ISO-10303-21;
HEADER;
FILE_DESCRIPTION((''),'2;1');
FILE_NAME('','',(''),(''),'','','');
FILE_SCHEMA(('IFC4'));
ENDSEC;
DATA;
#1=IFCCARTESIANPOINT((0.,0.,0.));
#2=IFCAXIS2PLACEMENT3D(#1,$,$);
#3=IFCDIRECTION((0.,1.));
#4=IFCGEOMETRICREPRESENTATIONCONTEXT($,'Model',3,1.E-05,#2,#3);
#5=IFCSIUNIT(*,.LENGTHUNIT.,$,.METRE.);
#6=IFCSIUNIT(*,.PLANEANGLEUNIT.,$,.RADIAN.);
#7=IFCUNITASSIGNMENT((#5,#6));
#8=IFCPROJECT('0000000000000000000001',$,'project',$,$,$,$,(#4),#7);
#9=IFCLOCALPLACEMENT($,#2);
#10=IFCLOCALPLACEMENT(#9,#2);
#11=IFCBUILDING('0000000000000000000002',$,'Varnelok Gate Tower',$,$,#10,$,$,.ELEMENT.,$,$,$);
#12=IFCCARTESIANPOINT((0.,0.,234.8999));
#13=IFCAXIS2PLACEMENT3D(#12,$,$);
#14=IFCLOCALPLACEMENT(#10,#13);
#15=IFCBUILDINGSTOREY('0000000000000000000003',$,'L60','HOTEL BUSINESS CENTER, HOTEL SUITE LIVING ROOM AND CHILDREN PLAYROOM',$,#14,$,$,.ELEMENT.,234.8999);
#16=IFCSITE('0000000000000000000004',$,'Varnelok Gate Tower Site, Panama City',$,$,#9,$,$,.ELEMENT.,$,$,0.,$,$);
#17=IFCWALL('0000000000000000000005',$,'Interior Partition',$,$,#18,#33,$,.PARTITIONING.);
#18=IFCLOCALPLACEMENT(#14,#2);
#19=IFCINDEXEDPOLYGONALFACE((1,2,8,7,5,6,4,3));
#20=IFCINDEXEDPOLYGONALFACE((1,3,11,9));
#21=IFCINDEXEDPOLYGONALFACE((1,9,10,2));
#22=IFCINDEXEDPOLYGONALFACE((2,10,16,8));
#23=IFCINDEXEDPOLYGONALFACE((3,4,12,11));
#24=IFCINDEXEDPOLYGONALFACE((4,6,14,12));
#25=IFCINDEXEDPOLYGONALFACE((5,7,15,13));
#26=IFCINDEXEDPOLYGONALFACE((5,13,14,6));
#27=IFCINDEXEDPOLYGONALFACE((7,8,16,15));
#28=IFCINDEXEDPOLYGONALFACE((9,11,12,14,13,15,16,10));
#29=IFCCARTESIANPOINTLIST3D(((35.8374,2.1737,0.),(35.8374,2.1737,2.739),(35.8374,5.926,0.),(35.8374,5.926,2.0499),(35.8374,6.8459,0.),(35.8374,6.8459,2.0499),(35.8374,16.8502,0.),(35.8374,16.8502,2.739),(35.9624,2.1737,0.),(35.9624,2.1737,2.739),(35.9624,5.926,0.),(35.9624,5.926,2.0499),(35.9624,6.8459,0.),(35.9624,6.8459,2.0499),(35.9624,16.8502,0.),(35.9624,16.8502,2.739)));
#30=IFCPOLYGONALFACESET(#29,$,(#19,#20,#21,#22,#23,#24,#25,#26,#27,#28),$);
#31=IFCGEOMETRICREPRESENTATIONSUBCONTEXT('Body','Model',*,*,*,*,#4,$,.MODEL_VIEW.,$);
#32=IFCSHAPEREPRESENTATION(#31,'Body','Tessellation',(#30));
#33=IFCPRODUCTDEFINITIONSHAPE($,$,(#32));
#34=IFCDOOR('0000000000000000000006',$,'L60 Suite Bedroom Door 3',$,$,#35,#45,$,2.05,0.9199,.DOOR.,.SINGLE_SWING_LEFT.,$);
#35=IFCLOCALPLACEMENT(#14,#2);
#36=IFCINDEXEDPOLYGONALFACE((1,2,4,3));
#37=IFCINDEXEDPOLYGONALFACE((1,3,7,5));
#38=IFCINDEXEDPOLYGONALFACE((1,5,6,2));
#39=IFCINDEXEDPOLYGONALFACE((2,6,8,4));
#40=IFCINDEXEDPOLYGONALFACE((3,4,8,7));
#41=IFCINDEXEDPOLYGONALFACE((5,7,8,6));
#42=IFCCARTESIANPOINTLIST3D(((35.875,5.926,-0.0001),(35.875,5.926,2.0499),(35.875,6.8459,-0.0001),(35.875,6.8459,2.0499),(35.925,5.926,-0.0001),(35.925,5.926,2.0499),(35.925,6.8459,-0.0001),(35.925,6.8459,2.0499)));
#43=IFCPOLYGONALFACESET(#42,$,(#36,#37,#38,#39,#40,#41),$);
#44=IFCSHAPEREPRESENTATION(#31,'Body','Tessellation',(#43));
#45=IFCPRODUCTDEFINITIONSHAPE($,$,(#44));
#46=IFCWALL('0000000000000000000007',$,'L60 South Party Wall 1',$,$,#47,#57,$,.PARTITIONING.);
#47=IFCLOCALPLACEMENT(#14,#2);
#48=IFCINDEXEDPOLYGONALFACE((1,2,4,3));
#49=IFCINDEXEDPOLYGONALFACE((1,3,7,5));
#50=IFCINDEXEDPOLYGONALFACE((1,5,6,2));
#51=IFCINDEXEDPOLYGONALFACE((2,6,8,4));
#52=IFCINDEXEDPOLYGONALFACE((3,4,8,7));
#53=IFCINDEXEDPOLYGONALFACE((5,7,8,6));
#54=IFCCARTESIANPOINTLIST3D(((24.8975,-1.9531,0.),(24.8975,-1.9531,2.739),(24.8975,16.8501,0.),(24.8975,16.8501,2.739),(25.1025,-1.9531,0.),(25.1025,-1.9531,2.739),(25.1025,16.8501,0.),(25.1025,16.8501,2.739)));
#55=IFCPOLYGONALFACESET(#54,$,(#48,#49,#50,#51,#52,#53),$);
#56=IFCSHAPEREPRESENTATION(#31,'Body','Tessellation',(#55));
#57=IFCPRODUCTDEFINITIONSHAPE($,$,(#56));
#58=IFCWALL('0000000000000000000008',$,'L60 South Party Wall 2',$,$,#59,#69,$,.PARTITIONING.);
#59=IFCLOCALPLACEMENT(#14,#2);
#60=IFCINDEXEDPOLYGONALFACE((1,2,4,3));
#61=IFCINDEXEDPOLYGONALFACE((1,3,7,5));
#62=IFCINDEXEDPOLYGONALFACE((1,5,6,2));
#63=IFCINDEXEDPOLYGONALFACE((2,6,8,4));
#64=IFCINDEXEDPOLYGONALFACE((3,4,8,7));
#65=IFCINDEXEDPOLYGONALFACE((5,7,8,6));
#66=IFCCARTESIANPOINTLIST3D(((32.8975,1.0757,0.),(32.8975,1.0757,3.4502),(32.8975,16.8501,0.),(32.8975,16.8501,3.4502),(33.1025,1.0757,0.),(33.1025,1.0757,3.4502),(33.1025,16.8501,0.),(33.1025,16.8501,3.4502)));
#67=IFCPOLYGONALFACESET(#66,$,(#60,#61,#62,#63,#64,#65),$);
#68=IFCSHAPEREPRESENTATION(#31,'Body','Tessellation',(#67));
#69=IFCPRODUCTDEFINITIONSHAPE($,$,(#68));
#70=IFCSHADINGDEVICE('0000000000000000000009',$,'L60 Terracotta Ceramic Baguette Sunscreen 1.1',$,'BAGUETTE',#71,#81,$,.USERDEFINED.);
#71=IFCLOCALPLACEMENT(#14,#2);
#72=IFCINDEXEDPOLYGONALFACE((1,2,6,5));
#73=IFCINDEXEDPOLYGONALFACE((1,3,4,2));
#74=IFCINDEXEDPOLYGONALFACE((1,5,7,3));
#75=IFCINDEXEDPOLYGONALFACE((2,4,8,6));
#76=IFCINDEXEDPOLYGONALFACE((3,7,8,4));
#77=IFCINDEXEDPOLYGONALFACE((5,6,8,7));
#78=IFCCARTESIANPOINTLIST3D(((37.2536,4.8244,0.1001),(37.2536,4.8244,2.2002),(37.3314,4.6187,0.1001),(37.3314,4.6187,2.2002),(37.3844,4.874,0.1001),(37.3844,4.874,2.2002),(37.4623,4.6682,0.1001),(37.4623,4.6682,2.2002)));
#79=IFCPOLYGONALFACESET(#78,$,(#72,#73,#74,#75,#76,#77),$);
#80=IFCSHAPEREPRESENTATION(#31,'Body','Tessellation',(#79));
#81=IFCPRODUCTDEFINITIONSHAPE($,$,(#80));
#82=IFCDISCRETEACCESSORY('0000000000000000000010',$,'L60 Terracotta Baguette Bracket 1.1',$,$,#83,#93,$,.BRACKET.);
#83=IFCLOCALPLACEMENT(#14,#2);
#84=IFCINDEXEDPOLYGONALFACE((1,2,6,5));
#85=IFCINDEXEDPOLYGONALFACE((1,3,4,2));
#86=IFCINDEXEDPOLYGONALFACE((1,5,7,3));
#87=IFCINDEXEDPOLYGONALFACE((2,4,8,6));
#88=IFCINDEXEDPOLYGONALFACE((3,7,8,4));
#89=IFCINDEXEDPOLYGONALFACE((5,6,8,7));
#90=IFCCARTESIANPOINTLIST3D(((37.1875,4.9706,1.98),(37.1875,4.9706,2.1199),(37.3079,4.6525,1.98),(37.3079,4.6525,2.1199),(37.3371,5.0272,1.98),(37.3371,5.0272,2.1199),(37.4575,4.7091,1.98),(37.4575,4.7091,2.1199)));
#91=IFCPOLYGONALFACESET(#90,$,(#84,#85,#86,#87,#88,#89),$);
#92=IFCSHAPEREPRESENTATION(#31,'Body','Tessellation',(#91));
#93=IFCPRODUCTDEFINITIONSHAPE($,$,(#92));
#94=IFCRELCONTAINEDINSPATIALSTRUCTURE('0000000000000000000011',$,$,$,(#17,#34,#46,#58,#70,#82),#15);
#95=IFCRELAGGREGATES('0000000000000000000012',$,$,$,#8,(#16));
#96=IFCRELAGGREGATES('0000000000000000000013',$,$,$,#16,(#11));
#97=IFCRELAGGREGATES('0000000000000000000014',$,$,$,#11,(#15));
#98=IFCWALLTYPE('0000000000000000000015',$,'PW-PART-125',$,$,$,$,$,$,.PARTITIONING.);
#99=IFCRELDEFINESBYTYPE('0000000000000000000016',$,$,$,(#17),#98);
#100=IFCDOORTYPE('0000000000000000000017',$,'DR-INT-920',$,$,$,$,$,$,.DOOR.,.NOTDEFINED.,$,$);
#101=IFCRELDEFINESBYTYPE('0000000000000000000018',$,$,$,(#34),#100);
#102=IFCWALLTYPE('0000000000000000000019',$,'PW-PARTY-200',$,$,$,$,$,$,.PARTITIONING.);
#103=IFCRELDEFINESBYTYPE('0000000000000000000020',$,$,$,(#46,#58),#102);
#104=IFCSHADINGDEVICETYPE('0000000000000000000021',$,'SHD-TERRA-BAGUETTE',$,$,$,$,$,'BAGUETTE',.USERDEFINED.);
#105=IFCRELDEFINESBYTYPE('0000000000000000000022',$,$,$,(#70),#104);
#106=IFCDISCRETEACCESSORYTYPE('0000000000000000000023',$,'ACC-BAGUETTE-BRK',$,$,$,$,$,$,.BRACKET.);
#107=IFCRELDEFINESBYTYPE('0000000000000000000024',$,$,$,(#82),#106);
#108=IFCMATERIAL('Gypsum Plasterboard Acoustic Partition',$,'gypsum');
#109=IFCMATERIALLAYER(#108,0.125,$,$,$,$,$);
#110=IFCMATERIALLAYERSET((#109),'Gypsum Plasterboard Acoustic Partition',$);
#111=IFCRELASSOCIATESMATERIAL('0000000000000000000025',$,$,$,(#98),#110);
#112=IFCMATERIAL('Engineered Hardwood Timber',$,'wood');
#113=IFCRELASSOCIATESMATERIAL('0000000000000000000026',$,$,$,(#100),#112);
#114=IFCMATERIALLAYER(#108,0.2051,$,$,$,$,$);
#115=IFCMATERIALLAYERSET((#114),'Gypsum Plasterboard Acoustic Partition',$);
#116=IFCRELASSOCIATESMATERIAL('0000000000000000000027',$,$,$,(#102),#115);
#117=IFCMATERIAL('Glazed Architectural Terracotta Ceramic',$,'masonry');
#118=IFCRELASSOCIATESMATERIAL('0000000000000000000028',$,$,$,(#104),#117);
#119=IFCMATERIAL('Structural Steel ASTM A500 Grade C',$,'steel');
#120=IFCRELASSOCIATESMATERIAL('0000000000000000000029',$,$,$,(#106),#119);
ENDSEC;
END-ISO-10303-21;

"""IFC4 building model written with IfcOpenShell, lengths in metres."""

from ifc_helpers import new_model, si_unit, direction, frame, frame_2d, origin, origin_2d, place, context, subcontext, project, spatial, rectangle, extrude, source, transform, mapped, material, layer, layer_set, type_object, element, fill, save


model = new_model("IFC4")

# Units and contexts
model_context = context("Model", 3, precision=1e-05, world=origin(), true_north=direction((0.0, 1.0)))
body_context = subcontext(model_context, "Body", "Model", "MODEL_VIEW")
ifc_project = project(units=[si_unit("LENGTHUNIT", "METRE"), si_unit("PLANEANGLEUNIT", "RADIAN")], contexts=[model_context])

# Site, building, storey
site_placement = place(None, origin())
site = spatial("IfcSite", under=ifc_project, at=site_placement, Name="Varnelok Gate Tower Site, Panama City", CompositionType="ELEMENT", RefElevation=0.0)
building_placement = place(site_placement, origin())
building = spatial("IfcBuilding", under=site, at=building_placement, Name="Varnelok Gate Tower", CompositionType="ELEMENT")
storey_placement = place(building_placement, frame((0.0, 0.0, 234.8999)))
storey = spatial("IfcBuildingStorey", under=building, at=storey_placement, Name="L60", Description="HOTEL BUSINESS CENTER, HOTEL SUITE LIVING ROOM AND CHILDREN PLAYROOM", CompositionType="ELEMENT", Elevation=234.8999)

# Wall, opening, door
ifc_material_1 = material(Name="Gypsum Plasterboard Acoustic Partition", Category="gypsum")
ifc_layer_1 = layer(ifc_material_1, 0.125)
ifc_layer_set_1 = layer_set([ifc_layer_1], Name="Gypsum Plasterboard Acoustic Partition")
wall_type_1 = type_object("IfcWallType", Name="PW-PART-125", PredefinedType="PARTITIONING", material=ifc_layer_set_1)
wall_1_placement = place(storey_placement, frame((35.8999, 2.1736, 0.0), z_axis=(0.0, 0.0, 1.0), x_axis=(0.0, 1.0, 0.0)))
wall_1 = element("IfcWall", 1, at=wall_1_placement, inside=storey, type_object=wall_type_1, Name="Interior Partition", PredefinedType="PARTITIONING", context=body_context, shape_type="SweptSolid", body=[
    extrude(rectangle(XDim=14.6765, YDim=0.125, at=frame_2d((7.3384, 0.0))), origin(), (0.0, 0.0, 1.0), 2.739),
])
opening_1_placement = place(wall_1_placement, frame((3.7524, 0.0, 0.0)))
opening_1 = element("IfcOpeningElement", 2, at=opening_1_placement, cuts=wall_1, PredefinedType="OPENING", context=body_context, shape_type="SweptSolid", body=[
    extrude(rectangle(XDim=0.9199, YDim=2.05, at=frame_2d((0.46, 1.0249))), frame((0.0, 0.0725, 0.0), z_axis=(0.0, -1.0, 0.0), x_axis=(1.0, 0.0, 0.0)), (0.0, 0.0, 1.0), 0.145),
])
ifc_material_2 = material(Name="Engineered Hardwood Timber", Category="wood")
door_type = type_object("IfcDoorType", Name="DR-INT-920", OperationType="NOTDEFINED", PredefinedType="DOOR", material=ifc_material_2)
door_placement = place(opening_1_placement, origin())
door = element("IfcDoor", 3, at=door_placement, inside=storey, type_object=door_type, Name="L60 Suite Bedroom Door 3", OperationType="SINGLE_SWING_LEFT", OverallHeight=2.05, OverallWidth=0.9199, PredefinedType="DOOR", context=body_context, shape_type="SweptSolid", body=[
    extrude(rectangle(XDim=0.9199, YDim=2.05, at=frame_2d((0.46, 1.0249))), frame((0.0, 0.0249, 0.0), z_axis=(0.0, -1.0, 0.0), x_axis=(1.0, 0.0, 0.0)), (0.0, 0.0, 1.0), 0.05),
])
fill(opening_1, door)

# Walls
ifc_layer_2 = layer(ifc_material_1, 0.2051)
ifc_layer_set_2 = layer_set([ifc_layer_2], Name="Gypsum Plasterboard Acoustic Partition")
wall_type_2 = type_object("IfcWallType", Name="PW-PARTY-200", PredefinedType="PARTITIONING", material=ifc_layer_set_2)
wall_2_placement = place(storey_placement, frame((25.0, -1.9531, 0.0), z_axis=(0.0, 0.0, 1.0), x_axis=(0.0, 1.0, 0.0)))
element("IfcWall", 4, at=wall_2_placement, inside=storey, type_object=wall_type_2, Name="L60 South Party Wall 1", PredefinedType="PARTITIONING", context=body_context, shape_type="SweptSolid", body=[
    extrude(rectangle(XDim=18.8032, YDim=0.2051, at=frame_2d((9.4016, 0.0))), origin(), (0.0, 0.0, 1.0), 2.739),
])
wall_3_placement = place(storey_placement, frame((33.0, 1.0757, 0.0), z_axis=(0.0, 0.0, 1.0), x_axis=(0.0, 1.0, 0.0)))
element("IfcWall", 5, at=wall_3_placement, inside=storey, type_object=wall_type_2, Name="L60 South Party Wall 2", PredefinedType="PARTITIONING", context=body_context, shape_type="SweptSolid", body=[
    extrude(rectangle(XDim=15.7744, YDim=0.2051, at=frame_2d((7.8872, 0.0))), origin(), (0.0, 0.0, 1.0), 3.4502),
])

# Shading device
ifc_material_3 = material(Name="Glazed Architectural Terracotta Ceramic", Category="masonry")
shading_device_type = type_object("IfcShadingDeviceType", Name="SHD-TERRA-BAGUETTE", ElementType="BAGUETTE", PredefinedType="USERDEFINED", material=ifc_material_3)
shared_shape_1 = source(origin(), body_context, "Body", "SweptSolid", [
    extrude(rectangle(XDim=0.1399, YDim=0.22, at=origin_2d()), origin(), (0.0, 0.0, 1.0), 2.1001),
])
shading_device_placement = place(storey_placement, frame((37.3579, 4.7463, 0.1001), z_axis=(0.0, 0.0, 1.0), x_axis=(0.935222, 0.354063, 0.0)))
element("IfcShadingDevice", 6, at=shading_device_placement, inside=storey, type_object=shading_device_type, Name="L60 Terracotta Ceramic Baguette Sunscreen 1.1", ObjectType="BAGUETTE", PredefinedType="USERDEFINED", context=body_context, shape_type="MappedRepresentation", body=[
    mapped(shared_shape_1, transform((0.0, 0.0, 0.0), scale=1.0)),
])

# Discrete accessory
ifc_material_4 = material(Name="Structural Steel ASTM A500 Grade C", Category="steel")
discrete_accessory_type = type_object("IfcDiscreteAccessoryType", Name="ACC-BAGUETTE-BRK", PredefinedType="BRACKET", material=ifc_material_4)
shared_shape_2 = source(origin(), body_context, "Body", "SweptSolid", [
    extrude(rectangle(XDim=0.1599, YDim=0.3401, at=origin_2d()), origin(), (0.0, 0.0, 1.0), 0.1399),
])
discrete_accessory_placement = place(storey_placement, frame((37.3225, 4.8398, 1.98), z_axis=(0.0, 0.0, 1.0), x_axis=(0.935222, 0.354063, 0.0)))
element("IfcDiscreteAccessory", 7, at=discrete_accessory_placement, inside=storey, type_object=discrete_accessory_type, Name="L60 Terracotta Baguette Bracket 1.1", PredefinedType="BRACKET", context=body_context, shape_type="MappedRepresentation", body=[
    mapped(shared_shape_2, transform((0.0, 0.0, 0.0), scale=1.0)),
])

save(model, "model.ifc")
